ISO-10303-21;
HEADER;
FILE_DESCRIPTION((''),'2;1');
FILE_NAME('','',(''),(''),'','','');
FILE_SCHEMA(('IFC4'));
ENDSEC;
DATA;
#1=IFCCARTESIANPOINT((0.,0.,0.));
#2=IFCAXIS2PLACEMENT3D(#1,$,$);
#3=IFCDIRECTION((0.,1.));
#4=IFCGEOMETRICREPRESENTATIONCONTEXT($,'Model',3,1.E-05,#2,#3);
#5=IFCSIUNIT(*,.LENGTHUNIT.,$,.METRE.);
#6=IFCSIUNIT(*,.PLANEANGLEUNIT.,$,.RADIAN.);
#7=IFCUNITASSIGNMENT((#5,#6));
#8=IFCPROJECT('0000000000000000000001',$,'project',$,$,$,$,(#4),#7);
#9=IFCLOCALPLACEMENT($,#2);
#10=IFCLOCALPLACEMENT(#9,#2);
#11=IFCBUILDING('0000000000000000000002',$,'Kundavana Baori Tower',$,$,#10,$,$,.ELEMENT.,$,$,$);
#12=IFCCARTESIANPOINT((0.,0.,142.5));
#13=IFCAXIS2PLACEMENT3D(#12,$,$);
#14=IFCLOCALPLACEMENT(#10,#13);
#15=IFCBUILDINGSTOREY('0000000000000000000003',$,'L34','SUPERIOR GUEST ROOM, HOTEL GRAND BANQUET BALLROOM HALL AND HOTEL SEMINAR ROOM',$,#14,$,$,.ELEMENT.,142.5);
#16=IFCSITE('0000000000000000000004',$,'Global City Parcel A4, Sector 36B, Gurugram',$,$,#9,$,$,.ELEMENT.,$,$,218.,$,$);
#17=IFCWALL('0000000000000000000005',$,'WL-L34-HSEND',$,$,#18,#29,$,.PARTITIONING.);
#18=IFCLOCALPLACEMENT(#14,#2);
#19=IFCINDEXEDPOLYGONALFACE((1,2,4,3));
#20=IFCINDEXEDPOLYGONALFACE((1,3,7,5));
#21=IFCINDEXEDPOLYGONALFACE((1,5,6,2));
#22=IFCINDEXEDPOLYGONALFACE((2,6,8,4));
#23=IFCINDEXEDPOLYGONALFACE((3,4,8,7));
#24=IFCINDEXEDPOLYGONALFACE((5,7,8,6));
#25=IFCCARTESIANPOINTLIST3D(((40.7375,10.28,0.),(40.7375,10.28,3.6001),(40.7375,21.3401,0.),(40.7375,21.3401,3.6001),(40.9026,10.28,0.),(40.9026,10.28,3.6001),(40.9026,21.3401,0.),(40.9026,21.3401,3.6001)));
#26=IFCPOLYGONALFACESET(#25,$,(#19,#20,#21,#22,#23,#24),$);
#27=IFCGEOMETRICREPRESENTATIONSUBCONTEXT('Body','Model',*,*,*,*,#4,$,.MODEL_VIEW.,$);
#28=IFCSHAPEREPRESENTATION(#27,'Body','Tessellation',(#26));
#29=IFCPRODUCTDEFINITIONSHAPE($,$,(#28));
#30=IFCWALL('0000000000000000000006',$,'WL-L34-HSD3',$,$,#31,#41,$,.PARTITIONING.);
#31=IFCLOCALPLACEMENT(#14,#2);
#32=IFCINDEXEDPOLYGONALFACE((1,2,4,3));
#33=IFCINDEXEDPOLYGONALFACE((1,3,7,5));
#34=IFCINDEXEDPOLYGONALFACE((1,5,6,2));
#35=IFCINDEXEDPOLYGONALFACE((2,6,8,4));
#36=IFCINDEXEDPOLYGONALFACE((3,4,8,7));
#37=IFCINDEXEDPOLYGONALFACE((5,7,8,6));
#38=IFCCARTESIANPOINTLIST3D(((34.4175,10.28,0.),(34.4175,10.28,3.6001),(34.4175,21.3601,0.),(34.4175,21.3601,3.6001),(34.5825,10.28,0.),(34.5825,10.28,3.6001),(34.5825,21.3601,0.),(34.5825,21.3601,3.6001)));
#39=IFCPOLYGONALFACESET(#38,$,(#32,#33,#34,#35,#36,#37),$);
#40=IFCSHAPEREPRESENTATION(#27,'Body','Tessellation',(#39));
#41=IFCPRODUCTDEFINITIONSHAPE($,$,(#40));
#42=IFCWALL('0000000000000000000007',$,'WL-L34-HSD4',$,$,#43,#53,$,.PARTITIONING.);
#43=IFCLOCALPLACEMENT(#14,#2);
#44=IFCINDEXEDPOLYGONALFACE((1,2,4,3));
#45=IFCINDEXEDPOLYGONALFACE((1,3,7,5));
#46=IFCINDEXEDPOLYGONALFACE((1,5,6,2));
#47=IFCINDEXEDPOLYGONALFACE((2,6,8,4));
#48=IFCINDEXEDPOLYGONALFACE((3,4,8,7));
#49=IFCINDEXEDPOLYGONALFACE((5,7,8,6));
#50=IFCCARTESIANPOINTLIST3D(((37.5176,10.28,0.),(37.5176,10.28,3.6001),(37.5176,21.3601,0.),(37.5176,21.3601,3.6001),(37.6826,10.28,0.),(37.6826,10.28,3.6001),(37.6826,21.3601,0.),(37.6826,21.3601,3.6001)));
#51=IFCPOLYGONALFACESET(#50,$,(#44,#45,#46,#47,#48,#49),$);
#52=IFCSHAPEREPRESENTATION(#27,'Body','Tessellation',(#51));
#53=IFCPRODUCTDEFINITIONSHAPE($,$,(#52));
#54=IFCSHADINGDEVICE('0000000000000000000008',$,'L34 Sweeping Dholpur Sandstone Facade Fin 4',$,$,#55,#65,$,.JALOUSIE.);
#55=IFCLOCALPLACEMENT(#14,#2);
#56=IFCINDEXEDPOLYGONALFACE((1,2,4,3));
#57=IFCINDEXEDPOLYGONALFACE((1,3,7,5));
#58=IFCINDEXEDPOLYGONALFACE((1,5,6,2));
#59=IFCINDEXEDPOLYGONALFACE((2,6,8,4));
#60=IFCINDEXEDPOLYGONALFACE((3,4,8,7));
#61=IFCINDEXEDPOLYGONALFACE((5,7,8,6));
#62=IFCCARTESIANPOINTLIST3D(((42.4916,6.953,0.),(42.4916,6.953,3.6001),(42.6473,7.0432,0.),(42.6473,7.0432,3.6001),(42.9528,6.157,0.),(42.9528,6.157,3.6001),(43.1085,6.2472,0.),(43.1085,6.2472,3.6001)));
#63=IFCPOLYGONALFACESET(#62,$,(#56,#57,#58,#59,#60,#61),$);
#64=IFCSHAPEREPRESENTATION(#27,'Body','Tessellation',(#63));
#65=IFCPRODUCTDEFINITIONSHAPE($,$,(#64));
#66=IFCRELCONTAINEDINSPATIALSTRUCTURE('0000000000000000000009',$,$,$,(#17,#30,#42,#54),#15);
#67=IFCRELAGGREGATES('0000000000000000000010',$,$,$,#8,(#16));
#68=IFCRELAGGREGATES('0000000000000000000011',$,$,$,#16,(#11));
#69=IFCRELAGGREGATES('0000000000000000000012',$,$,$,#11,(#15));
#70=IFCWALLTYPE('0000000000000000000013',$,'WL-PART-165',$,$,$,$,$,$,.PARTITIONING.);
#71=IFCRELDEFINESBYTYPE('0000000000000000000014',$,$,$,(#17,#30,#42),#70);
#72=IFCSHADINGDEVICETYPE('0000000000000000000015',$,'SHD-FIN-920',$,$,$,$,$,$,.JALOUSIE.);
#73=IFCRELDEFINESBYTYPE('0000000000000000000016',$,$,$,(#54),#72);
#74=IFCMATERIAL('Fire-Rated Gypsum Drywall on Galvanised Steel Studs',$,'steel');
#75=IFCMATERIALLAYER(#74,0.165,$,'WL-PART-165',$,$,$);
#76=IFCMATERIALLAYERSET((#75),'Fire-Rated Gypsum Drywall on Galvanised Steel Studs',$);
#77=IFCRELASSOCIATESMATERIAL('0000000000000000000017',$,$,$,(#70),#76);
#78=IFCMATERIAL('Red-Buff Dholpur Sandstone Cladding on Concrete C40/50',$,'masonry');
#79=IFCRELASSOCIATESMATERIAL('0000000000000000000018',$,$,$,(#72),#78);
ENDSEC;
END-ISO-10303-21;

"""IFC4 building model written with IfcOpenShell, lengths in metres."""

from ifc_helpers import new_model, si_unit, direction, frame, frame_2d, origin, origin_2d, place, context, subcontext, project, spatial, rectangle, extrude, material, layer, layer_set, type_object, element, save


model = new_model("IFC4")

# Units and contexts
model_context = context("Model", 3, precision=1e-05, world=origin(), true_north=direction((0.0, 1.0)))
body_context = subcontext(model_context, "Body", "Model", "MODEL_VIEW")
ifc_project = project(units=[si_unit("LENGTHUNIT", "METRE"), si_unit("PLANEANGLEUNIT", "RADIAN")], contexts=[model_context])

# Site, building, storey
site_placement = place(None, origin())
site = spatial("IfcSite", under=ifc_project, at=site_placement, Name="Global City Parcel A4, Sector 36B, Gurugram", CompositionType="ELEMENT", RefElevation=218.0)
building_placement = place(site_placement, origin())
building = spatial("IfcBuilding", under=site, at=building_placement, Name="Kundavana Baori Tower", CompositionType="ELEMENT")
storey_placement = place(building_placement, frame((0.0, 0.0, 142.5)))
storey = spatial("IfcBuildingStorey", under=building, at=storey_placement, Name="L34", Description="SUPERIOR GUEST ROOM, HOTEL GRAND BANQUET BALLROOM HALL AND HOTEL SEMINAR ROOM", CompositionType="ELEMENT", Elevation=142.5)

# Walls
ifc_material_1 = material(Name="Fire-Rated Gypsum Drywall on Galvanised Steel Studs", Category="steel")
ifc_layer_1 = layer(ifc_material_1, 0.165, Name="WL-PART-165")
ifc_layer_set_1 = layer_set([ifc_layer_1], Name="Fire-Rated Gypsum Drywall on Galvanised Steel Studs")
wall_type_1 = type_object("IfcWallType", Name="WL-PART-165", PredefinedType="PARTITIONING", material=ifc_layer_set_1)
wall_1_placement = place(storey_placement, frame((40.8201, 10.28, 0.0), z_axis=(0.0, 0.0, 1.0), x_axis=(0.0, 1.0, 0.0)))
element("IfcWall", 1, at=wall_1_placement, inside=storey, type_object=wall_type_1, Name="WL-L34-HSEND", PredefinedType="PARTITIONING", context=body_context, shape_type="SweptSolid", body=[
    extrude(rectangle(XDim=11.0601, YDim=0.165, at=frame_2d((5.53, 0.0))), origin(), (0.0, 0.0, 1.0), 3.6001),
])
for number, where, z_axis, x_axis, name in (
    (2, (34.5, 10.28, 0.0), (0.0, 0.0, 1.0), (0.0, 1.0, 0.0), "WL-L34-HSD3"),
    (3, (37.6001, 10.28, 0.0), (0.0, 0.0, 1.0), (0.0, 1.0, 0.0), "WL-L34-HSD4"),
):
    element("IfcWall", number, at=place(storey_placement, frame(where, z_axis=z_axis, x_axis=x_axis)), inside=storey, type_object=wall_type_1, Name=name, PredefinedType="PARTITIONING", context=body_context, shape_type="SweptSolid", body=[
        extrude(rectangle(XDim=11.0801, YDim=0.165, at=frame_2d((5.54, 0.0))), origin(), (0.0, 0.0, 1.0), 3.6001),
    ])

# Shading device
ifc_material_2 = material(Name="Red-Buff Dholpur Sandstone Cladding on Concrete C40/50", Category="masonry")
shading_device_type = type_object("IfcShadingDeviceType", Name="SHD-FIN-920", PredefinedType="JALOUSIE", material=ifc_material_2)
shading_device_placement = place(storey_placement, frame((42.8, 6.6001, 0.0), z_axis=(0.0, 0.0, 1.0), x_axis=(0.865239, 0.50136, 0.0)))
element("IfcShadingDevice", 4, at=shading_device_placement, inside=storey, type_object=shading_device_type, Name="L34 Sweeping Dholpur Sandstone Facade Fin 4", PredefinedType="JALOUSIE", context=body_context, shape_type="SweptSolid", body=[
    extrude(rectangle(XDim=0.1799, YDim=0.9199, at=origin_2d()), origin(), (0.0, 0.0, 1.0), 3.6001),
])

save(model, "model.ifc")
